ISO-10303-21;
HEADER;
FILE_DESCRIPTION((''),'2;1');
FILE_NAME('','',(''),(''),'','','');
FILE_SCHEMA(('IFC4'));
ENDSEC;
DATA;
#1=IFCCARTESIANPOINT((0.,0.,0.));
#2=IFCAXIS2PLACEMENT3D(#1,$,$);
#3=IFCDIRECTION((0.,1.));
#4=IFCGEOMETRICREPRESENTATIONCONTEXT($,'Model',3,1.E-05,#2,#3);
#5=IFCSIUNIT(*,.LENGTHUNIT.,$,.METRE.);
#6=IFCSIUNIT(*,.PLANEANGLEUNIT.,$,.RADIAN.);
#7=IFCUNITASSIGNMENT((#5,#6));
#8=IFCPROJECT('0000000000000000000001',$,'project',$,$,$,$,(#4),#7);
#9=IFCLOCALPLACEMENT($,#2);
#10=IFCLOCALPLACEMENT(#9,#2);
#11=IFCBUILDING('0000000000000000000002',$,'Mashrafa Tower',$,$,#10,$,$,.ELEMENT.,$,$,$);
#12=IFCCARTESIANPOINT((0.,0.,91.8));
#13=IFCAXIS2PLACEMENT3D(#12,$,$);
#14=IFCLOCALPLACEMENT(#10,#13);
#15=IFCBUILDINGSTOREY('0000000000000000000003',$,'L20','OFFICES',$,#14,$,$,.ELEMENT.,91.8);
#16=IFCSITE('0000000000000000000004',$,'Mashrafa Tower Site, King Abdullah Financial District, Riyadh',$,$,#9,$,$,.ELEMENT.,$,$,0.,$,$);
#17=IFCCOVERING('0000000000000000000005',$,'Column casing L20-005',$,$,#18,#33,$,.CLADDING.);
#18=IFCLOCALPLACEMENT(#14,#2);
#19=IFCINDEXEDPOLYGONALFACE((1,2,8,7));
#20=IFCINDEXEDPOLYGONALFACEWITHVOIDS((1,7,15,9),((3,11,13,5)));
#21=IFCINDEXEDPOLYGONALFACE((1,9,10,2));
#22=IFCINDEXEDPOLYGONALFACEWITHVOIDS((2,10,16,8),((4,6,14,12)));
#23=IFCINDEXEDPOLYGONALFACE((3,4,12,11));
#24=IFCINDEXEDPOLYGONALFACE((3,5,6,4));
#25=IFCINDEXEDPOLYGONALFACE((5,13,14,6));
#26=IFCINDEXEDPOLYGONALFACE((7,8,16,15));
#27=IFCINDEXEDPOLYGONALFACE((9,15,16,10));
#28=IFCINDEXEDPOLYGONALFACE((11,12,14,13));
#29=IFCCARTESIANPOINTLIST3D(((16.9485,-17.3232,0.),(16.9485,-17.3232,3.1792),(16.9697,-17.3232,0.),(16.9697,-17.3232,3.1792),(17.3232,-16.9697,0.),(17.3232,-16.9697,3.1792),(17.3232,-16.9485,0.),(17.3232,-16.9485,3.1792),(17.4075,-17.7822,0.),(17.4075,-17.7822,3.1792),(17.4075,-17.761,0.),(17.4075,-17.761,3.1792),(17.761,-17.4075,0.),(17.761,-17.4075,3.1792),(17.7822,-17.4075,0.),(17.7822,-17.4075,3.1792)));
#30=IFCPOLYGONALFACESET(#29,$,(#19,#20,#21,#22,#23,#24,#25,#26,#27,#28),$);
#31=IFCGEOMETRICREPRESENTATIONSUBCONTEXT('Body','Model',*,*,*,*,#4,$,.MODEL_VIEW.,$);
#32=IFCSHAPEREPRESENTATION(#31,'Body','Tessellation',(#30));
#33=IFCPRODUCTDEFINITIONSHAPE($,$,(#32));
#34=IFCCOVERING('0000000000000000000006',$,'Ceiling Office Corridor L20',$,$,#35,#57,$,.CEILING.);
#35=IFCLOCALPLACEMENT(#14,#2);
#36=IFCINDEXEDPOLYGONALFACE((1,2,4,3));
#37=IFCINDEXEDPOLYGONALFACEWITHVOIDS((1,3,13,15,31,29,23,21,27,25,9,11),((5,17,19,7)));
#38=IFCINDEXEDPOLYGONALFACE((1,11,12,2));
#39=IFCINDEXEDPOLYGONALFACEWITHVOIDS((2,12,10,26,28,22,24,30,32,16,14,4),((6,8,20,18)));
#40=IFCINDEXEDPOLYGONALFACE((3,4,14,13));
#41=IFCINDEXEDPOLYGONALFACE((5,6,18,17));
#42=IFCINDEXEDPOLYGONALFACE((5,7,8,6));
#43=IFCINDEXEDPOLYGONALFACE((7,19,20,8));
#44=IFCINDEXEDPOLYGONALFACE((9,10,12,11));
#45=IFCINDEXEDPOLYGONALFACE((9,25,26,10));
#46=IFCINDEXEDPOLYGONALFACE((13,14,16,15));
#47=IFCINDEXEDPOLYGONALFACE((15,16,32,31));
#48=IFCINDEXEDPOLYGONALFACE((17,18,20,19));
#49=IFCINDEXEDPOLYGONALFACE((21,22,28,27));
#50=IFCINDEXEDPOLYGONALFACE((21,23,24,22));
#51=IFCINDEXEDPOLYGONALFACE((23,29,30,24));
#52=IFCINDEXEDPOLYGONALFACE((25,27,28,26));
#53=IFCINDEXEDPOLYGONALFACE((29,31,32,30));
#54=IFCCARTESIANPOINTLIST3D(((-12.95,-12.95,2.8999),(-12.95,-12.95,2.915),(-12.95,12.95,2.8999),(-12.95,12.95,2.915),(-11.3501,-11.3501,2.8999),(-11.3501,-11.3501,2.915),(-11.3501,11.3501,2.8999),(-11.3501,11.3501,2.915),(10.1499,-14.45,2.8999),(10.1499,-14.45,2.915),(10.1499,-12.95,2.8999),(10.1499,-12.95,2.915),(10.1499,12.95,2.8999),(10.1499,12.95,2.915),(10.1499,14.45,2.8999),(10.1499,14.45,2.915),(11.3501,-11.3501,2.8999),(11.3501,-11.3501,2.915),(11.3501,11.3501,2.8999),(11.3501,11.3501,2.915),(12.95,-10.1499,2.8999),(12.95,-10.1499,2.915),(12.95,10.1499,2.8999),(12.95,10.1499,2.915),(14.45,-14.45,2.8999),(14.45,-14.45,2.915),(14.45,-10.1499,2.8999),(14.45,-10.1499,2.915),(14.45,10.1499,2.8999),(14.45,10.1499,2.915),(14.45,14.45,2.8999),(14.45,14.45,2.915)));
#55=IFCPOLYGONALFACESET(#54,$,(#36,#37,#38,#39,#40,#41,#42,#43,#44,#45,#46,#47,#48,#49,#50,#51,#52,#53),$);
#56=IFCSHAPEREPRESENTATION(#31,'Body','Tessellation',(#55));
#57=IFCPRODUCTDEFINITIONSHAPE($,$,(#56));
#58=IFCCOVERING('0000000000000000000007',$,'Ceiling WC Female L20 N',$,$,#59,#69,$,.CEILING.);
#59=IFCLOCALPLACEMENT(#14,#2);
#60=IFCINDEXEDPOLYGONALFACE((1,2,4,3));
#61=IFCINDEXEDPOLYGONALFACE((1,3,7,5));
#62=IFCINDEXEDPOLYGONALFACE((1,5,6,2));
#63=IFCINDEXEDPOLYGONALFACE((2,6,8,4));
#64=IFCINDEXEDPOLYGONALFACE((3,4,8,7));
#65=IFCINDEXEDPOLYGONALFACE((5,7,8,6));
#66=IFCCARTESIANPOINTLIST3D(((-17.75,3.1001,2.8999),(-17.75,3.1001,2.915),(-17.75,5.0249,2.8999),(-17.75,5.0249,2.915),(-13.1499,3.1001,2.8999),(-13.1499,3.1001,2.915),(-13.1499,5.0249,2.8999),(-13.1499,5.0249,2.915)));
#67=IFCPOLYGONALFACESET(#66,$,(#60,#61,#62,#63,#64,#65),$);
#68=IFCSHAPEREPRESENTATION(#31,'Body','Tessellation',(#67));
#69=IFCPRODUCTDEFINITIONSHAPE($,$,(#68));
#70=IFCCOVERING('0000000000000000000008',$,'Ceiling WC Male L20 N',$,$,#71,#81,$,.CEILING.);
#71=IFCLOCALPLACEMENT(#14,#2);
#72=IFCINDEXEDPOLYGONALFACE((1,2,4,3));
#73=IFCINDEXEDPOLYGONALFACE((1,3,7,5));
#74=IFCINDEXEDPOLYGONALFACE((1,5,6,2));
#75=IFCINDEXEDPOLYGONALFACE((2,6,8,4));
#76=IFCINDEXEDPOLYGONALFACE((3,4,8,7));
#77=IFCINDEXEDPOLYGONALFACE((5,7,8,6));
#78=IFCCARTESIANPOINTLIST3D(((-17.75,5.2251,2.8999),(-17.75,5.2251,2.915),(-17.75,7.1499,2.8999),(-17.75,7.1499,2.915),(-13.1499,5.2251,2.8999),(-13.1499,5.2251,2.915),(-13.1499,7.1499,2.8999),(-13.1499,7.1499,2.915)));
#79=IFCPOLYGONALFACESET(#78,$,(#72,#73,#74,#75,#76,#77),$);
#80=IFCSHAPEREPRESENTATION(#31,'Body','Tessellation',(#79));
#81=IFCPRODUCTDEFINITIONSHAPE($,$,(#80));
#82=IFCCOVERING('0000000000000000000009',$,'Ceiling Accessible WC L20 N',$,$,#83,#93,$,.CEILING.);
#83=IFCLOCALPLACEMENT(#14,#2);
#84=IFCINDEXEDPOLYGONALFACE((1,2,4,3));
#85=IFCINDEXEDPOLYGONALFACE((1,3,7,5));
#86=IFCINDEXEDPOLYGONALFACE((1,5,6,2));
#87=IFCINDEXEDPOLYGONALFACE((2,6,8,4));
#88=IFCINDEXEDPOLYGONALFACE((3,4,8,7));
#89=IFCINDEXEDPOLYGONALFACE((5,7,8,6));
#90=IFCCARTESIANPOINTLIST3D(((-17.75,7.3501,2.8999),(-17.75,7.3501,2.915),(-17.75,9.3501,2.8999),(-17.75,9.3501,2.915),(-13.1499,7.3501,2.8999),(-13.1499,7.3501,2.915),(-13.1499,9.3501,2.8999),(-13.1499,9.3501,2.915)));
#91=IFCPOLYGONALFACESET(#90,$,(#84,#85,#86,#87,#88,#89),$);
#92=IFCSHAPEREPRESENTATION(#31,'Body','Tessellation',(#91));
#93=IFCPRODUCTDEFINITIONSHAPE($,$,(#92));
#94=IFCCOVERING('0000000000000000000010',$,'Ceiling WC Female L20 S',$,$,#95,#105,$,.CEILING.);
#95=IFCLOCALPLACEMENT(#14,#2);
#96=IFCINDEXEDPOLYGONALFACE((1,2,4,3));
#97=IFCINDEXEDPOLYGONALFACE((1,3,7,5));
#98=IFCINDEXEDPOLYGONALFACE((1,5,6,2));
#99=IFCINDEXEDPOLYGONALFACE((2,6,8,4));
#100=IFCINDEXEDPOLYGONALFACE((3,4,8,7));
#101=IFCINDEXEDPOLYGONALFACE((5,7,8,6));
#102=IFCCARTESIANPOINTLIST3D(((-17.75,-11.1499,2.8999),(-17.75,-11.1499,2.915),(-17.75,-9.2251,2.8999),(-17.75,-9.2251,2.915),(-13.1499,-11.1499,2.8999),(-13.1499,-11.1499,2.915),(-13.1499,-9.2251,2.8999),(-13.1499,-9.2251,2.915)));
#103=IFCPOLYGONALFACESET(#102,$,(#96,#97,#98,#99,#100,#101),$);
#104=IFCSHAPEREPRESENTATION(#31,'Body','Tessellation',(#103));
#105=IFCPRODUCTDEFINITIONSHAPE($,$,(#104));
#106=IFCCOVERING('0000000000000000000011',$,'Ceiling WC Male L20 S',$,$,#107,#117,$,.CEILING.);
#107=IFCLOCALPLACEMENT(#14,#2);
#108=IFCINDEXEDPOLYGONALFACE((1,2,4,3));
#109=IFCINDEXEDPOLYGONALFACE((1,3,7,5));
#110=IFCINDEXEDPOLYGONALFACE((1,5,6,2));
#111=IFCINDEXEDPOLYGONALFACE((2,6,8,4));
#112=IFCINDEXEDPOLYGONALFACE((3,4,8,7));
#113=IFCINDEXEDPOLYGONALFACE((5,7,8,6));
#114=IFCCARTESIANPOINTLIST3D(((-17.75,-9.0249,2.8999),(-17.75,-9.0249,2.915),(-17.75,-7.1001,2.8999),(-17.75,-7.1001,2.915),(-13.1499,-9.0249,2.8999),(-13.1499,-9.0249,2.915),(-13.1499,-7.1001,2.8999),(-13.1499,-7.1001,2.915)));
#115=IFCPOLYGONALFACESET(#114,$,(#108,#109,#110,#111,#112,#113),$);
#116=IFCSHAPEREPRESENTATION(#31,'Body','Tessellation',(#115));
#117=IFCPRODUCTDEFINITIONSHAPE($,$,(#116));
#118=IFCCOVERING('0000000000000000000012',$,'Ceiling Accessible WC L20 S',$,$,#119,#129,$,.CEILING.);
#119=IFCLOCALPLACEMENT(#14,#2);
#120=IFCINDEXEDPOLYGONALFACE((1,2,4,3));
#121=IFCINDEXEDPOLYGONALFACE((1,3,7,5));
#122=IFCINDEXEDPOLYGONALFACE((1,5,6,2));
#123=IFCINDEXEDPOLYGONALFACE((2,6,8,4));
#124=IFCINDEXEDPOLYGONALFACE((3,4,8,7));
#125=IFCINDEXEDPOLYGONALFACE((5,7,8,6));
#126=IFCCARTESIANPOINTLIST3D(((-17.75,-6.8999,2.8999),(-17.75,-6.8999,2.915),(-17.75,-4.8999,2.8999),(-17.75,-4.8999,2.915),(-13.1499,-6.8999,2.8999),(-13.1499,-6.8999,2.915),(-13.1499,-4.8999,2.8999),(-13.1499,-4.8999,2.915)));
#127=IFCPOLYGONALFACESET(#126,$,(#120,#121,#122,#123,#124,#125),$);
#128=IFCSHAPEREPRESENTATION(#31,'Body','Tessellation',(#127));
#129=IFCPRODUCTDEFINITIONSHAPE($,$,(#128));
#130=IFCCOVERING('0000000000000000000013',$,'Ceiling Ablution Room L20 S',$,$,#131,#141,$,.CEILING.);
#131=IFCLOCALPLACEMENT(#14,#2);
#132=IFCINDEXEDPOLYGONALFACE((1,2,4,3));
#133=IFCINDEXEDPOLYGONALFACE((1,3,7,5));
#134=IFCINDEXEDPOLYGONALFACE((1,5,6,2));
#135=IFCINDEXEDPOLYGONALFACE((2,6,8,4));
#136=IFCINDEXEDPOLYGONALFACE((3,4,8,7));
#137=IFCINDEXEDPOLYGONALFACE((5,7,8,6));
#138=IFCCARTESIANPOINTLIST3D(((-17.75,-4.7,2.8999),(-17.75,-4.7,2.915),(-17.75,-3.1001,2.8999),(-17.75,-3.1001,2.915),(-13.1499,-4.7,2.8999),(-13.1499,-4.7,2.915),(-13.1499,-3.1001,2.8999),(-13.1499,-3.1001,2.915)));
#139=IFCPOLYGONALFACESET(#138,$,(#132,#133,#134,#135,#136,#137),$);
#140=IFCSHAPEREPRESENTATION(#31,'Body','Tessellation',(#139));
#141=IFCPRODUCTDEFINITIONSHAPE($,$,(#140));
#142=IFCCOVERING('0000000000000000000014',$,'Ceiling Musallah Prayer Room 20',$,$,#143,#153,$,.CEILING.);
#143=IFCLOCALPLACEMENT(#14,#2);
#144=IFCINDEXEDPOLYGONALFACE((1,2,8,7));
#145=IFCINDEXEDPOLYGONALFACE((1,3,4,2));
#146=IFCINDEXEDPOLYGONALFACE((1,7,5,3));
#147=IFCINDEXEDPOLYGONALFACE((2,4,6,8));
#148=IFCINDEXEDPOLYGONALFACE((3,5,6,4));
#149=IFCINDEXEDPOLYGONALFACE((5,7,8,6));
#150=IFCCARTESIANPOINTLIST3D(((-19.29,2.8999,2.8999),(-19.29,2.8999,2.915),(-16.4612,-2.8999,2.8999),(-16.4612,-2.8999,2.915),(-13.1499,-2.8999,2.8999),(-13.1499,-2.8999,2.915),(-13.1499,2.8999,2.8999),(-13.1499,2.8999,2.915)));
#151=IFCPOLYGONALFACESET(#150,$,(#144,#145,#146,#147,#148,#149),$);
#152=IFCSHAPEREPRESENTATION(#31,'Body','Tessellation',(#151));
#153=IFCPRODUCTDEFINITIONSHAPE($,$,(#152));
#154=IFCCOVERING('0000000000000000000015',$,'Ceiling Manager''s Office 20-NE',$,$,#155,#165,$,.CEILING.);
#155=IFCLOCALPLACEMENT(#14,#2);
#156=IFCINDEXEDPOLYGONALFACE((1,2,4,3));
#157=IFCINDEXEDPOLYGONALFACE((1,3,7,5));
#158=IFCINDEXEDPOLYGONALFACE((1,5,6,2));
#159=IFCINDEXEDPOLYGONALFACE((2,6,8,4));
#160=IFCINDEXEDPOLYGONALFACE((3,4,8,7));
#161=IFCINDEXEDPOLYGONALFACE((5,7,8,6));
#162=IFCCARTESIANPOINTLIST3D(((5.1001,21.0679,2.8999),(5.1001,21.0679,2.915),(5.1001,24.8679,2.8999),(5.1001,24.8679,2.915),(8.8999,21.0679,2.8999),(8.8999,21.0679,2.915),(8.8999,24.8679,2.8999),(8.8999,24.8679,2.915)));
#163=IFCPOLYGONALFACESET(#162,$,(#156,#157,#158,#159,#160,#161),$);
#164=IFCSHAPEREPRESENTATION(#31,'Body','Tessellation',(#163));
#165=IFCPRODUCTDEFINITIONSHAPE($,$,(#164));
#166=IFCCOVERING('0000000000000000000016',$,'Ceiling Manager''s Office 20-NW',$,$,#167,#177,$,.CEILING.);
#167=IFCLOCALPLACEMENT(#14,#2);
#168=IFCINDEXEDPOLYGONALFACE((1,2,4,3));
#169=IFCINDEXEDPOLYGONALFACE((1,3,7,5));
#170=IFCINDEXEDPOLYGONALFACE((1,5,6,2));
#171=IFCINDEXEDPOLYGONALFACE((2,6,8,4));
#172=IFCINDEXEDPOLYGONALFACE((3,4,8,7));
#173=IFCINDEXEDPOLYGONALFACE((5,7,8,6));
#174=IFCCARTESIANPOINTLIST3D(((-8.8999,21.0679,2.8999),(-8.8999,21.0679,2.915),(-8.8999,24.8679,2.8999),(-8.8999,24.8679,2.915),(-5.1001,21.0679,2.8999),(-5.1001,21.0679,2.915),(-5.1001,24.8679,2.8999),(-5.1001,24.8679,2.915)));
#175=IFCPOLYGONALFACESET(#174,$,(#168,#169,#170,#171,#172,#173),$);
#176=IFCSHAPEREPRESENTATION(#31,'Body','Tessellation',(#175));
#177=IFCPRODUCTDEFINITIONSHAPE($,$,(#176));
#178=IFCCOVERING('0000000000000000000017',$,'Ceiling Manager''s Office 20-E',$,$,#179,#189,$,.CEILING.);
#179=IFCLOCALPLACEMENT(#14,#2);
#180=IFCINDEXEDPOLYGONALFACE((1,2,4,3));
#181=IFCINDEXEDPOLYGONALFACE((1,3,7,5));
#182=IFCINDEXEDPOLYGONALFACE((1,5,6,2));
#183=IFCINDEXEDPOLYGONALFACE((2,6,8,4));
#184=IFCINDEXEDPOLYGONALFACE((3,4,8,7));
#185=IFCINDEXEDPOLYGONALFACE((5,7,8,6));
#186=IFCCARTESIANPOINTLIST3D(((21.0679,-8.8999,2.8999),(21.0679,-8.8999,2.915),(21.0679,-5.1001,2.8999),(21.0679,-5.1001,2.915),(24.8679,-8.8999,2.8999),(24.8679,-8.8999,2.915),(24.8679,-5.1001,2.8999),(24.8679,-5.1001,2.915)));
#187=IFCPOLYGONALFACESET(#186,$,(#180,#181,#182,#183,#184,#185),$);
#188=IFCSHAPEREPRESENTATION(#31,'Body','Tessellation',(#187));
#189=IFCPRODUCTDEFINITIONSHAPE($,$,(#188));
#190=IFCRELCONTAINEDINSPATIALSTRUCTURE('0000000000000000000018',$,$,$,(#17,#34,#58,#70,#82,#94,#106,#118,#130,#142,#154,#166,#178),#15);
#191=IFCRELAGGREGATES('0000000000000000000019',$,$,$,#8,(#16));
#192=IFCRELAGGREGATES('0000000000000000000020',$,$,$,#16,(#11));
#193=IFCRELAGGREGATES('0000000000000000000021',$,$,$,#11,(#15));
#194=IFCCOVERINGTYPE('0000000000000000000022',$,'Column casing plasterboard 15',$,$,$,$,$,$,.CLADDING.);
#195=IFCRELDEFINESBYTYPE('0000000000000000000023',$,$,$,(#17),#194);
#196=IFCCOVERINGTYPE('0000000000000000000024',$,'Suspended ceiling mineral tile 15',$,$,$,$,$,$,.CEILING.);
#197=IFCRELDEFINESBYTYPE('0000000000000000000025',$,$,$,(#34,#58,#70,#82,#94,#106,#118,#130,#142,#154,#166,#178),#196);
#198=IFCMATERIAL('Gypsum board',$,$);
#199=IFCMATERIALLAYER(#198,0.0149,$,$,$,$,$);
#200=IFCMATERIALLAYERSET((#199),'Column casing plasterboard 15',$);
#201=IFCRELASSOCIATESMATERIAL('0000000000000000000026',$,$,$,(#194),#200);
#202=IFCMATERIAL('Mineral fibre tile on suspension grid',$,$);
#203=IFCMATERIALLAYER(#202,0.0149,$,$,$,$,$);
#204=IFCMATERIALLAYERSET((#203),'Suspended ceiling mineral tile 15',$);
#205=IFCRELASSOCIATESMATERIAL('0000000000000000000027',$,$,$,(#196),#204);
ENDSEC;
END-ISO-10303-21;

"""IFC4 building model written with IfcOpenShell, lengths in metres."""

from ifc_helpers import new_model, si_unit, direction, frame, origin, place, context, subcontext, project, spatial, polyline, outline, extrude, material, layer, layer_set, type_object, element, save


model = new_model("IFC4")

# Units and contexts
model_context = context("Model", 3, precision=1e-05, world=origin(), true_north=direction((0.0, 1.0)))
body_context = subcontext(model_context, "Body", "Model", "MODEL_VIEW")
ifc_project = project(units=[si_unit("LENGTHUNIT", "METRE"), si_unit("PLANEANGLEUNIT", "RADIAN")], contexts=[model_context])

# Site, building, storey
site_placement = place(None, origin())
site = spatial("IfcSite", under=ifc_project, at=site_placement, Name="Mashrafa Tower Site, King Abdullah Financial District, Riyadh", CompositionType="ELEMENT", RefElevation=0.0)
building_placement = place(site_placement, origin())
building = spatial("IfcBuilding", under=site, at=building_placement, Name="Mashrafa Tower", CompositionType="ELEMENT")
storey_placement = place(building_placement, frame((0.0, 0.0, 91.8)))
storey = spatial("IfcBuildingStorey", under=building, at=storey_placement, Name="L20", Description="OFFICES", CompositionType="ELEMENT", Elevation=91.8)

# Coverings
ifc_material_1 = material(Name="Gypsum board")
ifc_layer_1 = layer(ifc_material_1, 0.0149)
ifc_layer_set_1 = layer_set([ifc_layer_1], Name="Column casing plasterboard 15")
covering_type_1 = type_object("IfcCoveringType", Name="Column casing plasterboard 15", PredefinedType="CLADDING", material=ifc_layer_set_1)
covering_1_placement = place(storey_placement, origin())
element("IfcCovering", 1, at=covering_1_placement, inside=storey, type_object=covering_type_1, Name="Column casing L20-005", PredefinedType="CLADDING", context=body_context, shape_type="SweptSolid", body=[
    extrude(outline(polyline([(16.9485, -17.3232), (17.3232, -16.9485), (17.7822, -17.4075), (17.4075, -17.7822), (16.9485, -17.3232)]), holes=[polyline([(17.761, -17.4075), (17.3232, -16.9697), (16.9697, -17.3232), (17.4075, -17.761), (17.761, -17.4075)])]), origin(), (0.0, 0.0, 1.0), 3.1792),
])
ifc_material_2 = material(Name="Mineral fibre tile on suspension grid")
ifc_layer_2 = layer(ifc_material_2, 0.0149)
ifc_layer_set_2 = layer_set([ifc_layer_2], Name="Suspended ceiling mineral tile 15")
covering_type_2 = type_object("IfcCoveringType", Name="Suspended ceiling mineral tile 15", PredefinedType="CEILING", material=ifc_layer_set_2)
covering_2_placement = place(storey_placement, frame((0.0, 0.0, 2.8999)))
element("IfcCovering", 2, at=covering_2_placement, inside=storey, type_object=covering_type_2, Name="Ceiling Office Corridor L20", PredefinedType="CEILING", context=body_context, shape_type="SweptSolid", body=[
    extrude(outline(polyline([(14.45, -10.1499), (14.45, -14.45), (10.1499, -14.45), (10.1499, -12.95), (-12.95, -12.95), (-12.95, 12.95), (10.1499, 12.95), (10.1499, 14.45), (14.45, 14.45), (14.45, 10.1499), (12.95, 10.1499), (12.95, -10.1499), (14.45, -10.1499)]), holes=[polyline([(11.3501, 11.3501), (-11.3501, 11.3501), (-11.3501, -11.3501), (11.3501, -11.3501), (11.3501, 11.3501)])]), origin(), (0.0, 0.0, 1.0), 0.0151),
])
covering_3_placement = place(storey_placement, frame((0.0, 0.0, 2.8999)))
element("IfcCovering", 3, at=covering_3_placement, inside=storey, type_object=covering_type_2, Name="Ceiling WC Female L20 N", PredefinedType="CEILING", context=body_context, shape_type="SweptSolid", body=[
    extrude(outline(polyline([(-17.75, 3.1001), (-17.75, 5.0249), (-13.1499, 5.0249), (-13.1499, 3.1001), (-17.75, 3.1001)])), origin(), (0.0, 0.0, 1.0), 0.0151),
])
covering_4_placement = place(storey_placement, frame((0.0, 0.0, 2.8999)))
element("IfcCovering", 4, at=covering_4_placement, inside=storey, type_object=covering_type_2, Name="Ceiling WC Male L20 N", PredefinedType="CEILING", context=body_context, shape_type="SweptSolid", body=[
    extrude(outline(polyline([(-17.75, 5.2251), (-17.75, 7.1499), (-13.1499, 7.1499), (-13.1499, 5.2251), (-17.75, 5.2251)])), origin(), (0.0, 0.0, 1.0), 0.0151),
])
covering_5_placement = place(storey_placement, frame((0.0, 0.0, 2.8999)))
element("IfcCovering", 5, at=covering_5_placement, inside=storey, type_object=covering_type_2, Name="Ceiling Accessible WC L20 N", PredefinedType="CEILING", context=body_context, shape_type="SweptSolid", body=[
    extrude(outline(polyline([(-17.75, 7.3501), (-17.75, 9.3501), (-13.1499, 9.3501), (-13.1499, 7.3501), (-17.75, 7.3501)])), origin(), (0.0, 0.0, 1.0), 0.0151),
])
covering_6_placement = place(storey_placement, frame((0.0, 0.0, 2.8999)))
element("IfcCovering", 6, at=covering_6_placement, inside=storey, type_object=covering_type_2, Name="Ceiling WC Female L20 S", PredefinedType="CEILING", context=body_context, shape_type="SweptSolid", body=[
    extrude(outline(polyline([(-17.75, -11.1499), (-17.75, -9.2251), (-13.1499, -9.2251), (-13.1499, -11.1499), (-17.75, -11.1499)])), origin(), (0.0, 0.0, 1.0), 0.0151),
])
covering_7_placement = place(storey_placement, frame((0.0, 0.0, 2.8999)))
element("IfcCovering", 7, at=covering_7_placement, inside=storey, type_object=covering_type_2, Name="Ceiling WC Male L20 S", PredefinedType="CEILING", context=body_context, shape_type="SweptSolid", body=[
    extrude(outline(polyline([(-17.75, -9.0249), (-17.75, -7.1001), (-13.1499, -7.1001), (-13.1499, -9.0249), (-17.75, -9.0249)])), origin(), (0.0, 0.0, 1.0), 0.0151),
])
covering_8_placement = place(storey_placement, frame((0.0, 0.0, 2.8999)))
element("IfcCovering", 8, at=covering_8_placement, inside=storey, type_object=covering_type_2, Name="Ceiling Accessible WC L20 S", PredefinedType="CEILING", context=body_context, shape_type="SweptSolid", body=[
    extrude(outline(polyline([(-17.75, -6.8999), (-17.75, -4.8999), (-13.1499, -4.8999), (-13.1499, -6.8999), (-17.75, -6.8999)])), origin(), (0.0, 0.0, 1.0), 0.0151),
])
covering_9_placement = place(storey_placement, frame((0.0, 0.0, 2.8999)))
element("IfcCovering", 9, at=covering_9_placement, inside=storey, type_object=covering_type_2, Name="Ceiling Ablution Room L20 S", PredefinedType="CEILING", context=body_context, shape_type="SweptSolid", body=[
    extrude(outline(polyline([(-17.75, -4.7), (-17.75, -3.1001), (-13.1499, -3.1001), (-13.1499, -4.7), (-17.75, -4.7)])), origin(), (0.0, 0.0, 1.0), 0.0151),
])
covering_10_placement = place(storey_placement, frame((0.0, 0.0, 2.8999)))
element("IfcCovering", 10, at=covering_10_placement, inside=storey, type_object=covering_type_2, Name="Ceiling Musallah Prayer Room 20", PredefinedType="CEILING", context=body_context, shape_type="SweptSolid", body=[
    extrude(outline(polyline([(-16.4612, -2.8999), (-19.29, 2.8999), (-13.1499, 2.8999), (-13.1499, -2.8999), (-16.4612, -2.8999)])), origin(), (0.0, 0.0, 1.0), 0.0151),
])
covering_11_placement = place(storey_placement, frame((0.0, 0.0, 2.8999)))
element("IfcCovering", 11, at=covering_11_placement, inside=storey, type_object=covering_type_2, Name="Ceiling Manager's Office 20-NE", PredefinedType="CEILING", context=body_context, shape_type="SweptSolid", body=[
    extrude(outline(polyline([(5.1001, 24.8679), (8.8999, 24.8679), (8.8999, 21.0679), (5.1001, 21.0679), (5.1001, 24.8679)])), origin(), (0.0, 0.0, 1.0), 0.0151),
])
covering_12_placement = place(storey_placement, frame((0.0, 0.0, 2.8999)))
element("IfcCovering", 12, at=covering_12_placement, inside=storey, type_object=covering_type_2, Name="Ceiling Manager's Office 20-NW", PredefinedType="CEILING", context=body_context, shape_type="SweptSolid", body=[
    extrude(outline(polyline([(-8.8999, 24.8679), (-5.1001, 24.8679), (-5.1001, 21.0679), (-8.8999, 21.0679), (-8.8999, 24.8679)])), origin(), (0.0, 0.0, 1.0), 0.0151),
])
covering_13_placement = place(storey_placement, frame((0.0, 0.0, 2.8999)))
element("IfcCovering", 13, at=covering_13_placement, inside=storey, type_object=covering_type_2, Name="Ceiling Manager's Office 20-E", PredefinedType="CEILING", context=body_context, shape_type="SweptSolid", body=[
    extrude(outline(polyline([(21.0679, -5.1001), (24.8679, -5.1001), (24.8679, -8.8999), (21.0679, -8.8999), (21.0679, -5.1001)])), origin(), (0.0, 0.0, 1.0), 0.0151),
])

save(model, "model.ifc")
